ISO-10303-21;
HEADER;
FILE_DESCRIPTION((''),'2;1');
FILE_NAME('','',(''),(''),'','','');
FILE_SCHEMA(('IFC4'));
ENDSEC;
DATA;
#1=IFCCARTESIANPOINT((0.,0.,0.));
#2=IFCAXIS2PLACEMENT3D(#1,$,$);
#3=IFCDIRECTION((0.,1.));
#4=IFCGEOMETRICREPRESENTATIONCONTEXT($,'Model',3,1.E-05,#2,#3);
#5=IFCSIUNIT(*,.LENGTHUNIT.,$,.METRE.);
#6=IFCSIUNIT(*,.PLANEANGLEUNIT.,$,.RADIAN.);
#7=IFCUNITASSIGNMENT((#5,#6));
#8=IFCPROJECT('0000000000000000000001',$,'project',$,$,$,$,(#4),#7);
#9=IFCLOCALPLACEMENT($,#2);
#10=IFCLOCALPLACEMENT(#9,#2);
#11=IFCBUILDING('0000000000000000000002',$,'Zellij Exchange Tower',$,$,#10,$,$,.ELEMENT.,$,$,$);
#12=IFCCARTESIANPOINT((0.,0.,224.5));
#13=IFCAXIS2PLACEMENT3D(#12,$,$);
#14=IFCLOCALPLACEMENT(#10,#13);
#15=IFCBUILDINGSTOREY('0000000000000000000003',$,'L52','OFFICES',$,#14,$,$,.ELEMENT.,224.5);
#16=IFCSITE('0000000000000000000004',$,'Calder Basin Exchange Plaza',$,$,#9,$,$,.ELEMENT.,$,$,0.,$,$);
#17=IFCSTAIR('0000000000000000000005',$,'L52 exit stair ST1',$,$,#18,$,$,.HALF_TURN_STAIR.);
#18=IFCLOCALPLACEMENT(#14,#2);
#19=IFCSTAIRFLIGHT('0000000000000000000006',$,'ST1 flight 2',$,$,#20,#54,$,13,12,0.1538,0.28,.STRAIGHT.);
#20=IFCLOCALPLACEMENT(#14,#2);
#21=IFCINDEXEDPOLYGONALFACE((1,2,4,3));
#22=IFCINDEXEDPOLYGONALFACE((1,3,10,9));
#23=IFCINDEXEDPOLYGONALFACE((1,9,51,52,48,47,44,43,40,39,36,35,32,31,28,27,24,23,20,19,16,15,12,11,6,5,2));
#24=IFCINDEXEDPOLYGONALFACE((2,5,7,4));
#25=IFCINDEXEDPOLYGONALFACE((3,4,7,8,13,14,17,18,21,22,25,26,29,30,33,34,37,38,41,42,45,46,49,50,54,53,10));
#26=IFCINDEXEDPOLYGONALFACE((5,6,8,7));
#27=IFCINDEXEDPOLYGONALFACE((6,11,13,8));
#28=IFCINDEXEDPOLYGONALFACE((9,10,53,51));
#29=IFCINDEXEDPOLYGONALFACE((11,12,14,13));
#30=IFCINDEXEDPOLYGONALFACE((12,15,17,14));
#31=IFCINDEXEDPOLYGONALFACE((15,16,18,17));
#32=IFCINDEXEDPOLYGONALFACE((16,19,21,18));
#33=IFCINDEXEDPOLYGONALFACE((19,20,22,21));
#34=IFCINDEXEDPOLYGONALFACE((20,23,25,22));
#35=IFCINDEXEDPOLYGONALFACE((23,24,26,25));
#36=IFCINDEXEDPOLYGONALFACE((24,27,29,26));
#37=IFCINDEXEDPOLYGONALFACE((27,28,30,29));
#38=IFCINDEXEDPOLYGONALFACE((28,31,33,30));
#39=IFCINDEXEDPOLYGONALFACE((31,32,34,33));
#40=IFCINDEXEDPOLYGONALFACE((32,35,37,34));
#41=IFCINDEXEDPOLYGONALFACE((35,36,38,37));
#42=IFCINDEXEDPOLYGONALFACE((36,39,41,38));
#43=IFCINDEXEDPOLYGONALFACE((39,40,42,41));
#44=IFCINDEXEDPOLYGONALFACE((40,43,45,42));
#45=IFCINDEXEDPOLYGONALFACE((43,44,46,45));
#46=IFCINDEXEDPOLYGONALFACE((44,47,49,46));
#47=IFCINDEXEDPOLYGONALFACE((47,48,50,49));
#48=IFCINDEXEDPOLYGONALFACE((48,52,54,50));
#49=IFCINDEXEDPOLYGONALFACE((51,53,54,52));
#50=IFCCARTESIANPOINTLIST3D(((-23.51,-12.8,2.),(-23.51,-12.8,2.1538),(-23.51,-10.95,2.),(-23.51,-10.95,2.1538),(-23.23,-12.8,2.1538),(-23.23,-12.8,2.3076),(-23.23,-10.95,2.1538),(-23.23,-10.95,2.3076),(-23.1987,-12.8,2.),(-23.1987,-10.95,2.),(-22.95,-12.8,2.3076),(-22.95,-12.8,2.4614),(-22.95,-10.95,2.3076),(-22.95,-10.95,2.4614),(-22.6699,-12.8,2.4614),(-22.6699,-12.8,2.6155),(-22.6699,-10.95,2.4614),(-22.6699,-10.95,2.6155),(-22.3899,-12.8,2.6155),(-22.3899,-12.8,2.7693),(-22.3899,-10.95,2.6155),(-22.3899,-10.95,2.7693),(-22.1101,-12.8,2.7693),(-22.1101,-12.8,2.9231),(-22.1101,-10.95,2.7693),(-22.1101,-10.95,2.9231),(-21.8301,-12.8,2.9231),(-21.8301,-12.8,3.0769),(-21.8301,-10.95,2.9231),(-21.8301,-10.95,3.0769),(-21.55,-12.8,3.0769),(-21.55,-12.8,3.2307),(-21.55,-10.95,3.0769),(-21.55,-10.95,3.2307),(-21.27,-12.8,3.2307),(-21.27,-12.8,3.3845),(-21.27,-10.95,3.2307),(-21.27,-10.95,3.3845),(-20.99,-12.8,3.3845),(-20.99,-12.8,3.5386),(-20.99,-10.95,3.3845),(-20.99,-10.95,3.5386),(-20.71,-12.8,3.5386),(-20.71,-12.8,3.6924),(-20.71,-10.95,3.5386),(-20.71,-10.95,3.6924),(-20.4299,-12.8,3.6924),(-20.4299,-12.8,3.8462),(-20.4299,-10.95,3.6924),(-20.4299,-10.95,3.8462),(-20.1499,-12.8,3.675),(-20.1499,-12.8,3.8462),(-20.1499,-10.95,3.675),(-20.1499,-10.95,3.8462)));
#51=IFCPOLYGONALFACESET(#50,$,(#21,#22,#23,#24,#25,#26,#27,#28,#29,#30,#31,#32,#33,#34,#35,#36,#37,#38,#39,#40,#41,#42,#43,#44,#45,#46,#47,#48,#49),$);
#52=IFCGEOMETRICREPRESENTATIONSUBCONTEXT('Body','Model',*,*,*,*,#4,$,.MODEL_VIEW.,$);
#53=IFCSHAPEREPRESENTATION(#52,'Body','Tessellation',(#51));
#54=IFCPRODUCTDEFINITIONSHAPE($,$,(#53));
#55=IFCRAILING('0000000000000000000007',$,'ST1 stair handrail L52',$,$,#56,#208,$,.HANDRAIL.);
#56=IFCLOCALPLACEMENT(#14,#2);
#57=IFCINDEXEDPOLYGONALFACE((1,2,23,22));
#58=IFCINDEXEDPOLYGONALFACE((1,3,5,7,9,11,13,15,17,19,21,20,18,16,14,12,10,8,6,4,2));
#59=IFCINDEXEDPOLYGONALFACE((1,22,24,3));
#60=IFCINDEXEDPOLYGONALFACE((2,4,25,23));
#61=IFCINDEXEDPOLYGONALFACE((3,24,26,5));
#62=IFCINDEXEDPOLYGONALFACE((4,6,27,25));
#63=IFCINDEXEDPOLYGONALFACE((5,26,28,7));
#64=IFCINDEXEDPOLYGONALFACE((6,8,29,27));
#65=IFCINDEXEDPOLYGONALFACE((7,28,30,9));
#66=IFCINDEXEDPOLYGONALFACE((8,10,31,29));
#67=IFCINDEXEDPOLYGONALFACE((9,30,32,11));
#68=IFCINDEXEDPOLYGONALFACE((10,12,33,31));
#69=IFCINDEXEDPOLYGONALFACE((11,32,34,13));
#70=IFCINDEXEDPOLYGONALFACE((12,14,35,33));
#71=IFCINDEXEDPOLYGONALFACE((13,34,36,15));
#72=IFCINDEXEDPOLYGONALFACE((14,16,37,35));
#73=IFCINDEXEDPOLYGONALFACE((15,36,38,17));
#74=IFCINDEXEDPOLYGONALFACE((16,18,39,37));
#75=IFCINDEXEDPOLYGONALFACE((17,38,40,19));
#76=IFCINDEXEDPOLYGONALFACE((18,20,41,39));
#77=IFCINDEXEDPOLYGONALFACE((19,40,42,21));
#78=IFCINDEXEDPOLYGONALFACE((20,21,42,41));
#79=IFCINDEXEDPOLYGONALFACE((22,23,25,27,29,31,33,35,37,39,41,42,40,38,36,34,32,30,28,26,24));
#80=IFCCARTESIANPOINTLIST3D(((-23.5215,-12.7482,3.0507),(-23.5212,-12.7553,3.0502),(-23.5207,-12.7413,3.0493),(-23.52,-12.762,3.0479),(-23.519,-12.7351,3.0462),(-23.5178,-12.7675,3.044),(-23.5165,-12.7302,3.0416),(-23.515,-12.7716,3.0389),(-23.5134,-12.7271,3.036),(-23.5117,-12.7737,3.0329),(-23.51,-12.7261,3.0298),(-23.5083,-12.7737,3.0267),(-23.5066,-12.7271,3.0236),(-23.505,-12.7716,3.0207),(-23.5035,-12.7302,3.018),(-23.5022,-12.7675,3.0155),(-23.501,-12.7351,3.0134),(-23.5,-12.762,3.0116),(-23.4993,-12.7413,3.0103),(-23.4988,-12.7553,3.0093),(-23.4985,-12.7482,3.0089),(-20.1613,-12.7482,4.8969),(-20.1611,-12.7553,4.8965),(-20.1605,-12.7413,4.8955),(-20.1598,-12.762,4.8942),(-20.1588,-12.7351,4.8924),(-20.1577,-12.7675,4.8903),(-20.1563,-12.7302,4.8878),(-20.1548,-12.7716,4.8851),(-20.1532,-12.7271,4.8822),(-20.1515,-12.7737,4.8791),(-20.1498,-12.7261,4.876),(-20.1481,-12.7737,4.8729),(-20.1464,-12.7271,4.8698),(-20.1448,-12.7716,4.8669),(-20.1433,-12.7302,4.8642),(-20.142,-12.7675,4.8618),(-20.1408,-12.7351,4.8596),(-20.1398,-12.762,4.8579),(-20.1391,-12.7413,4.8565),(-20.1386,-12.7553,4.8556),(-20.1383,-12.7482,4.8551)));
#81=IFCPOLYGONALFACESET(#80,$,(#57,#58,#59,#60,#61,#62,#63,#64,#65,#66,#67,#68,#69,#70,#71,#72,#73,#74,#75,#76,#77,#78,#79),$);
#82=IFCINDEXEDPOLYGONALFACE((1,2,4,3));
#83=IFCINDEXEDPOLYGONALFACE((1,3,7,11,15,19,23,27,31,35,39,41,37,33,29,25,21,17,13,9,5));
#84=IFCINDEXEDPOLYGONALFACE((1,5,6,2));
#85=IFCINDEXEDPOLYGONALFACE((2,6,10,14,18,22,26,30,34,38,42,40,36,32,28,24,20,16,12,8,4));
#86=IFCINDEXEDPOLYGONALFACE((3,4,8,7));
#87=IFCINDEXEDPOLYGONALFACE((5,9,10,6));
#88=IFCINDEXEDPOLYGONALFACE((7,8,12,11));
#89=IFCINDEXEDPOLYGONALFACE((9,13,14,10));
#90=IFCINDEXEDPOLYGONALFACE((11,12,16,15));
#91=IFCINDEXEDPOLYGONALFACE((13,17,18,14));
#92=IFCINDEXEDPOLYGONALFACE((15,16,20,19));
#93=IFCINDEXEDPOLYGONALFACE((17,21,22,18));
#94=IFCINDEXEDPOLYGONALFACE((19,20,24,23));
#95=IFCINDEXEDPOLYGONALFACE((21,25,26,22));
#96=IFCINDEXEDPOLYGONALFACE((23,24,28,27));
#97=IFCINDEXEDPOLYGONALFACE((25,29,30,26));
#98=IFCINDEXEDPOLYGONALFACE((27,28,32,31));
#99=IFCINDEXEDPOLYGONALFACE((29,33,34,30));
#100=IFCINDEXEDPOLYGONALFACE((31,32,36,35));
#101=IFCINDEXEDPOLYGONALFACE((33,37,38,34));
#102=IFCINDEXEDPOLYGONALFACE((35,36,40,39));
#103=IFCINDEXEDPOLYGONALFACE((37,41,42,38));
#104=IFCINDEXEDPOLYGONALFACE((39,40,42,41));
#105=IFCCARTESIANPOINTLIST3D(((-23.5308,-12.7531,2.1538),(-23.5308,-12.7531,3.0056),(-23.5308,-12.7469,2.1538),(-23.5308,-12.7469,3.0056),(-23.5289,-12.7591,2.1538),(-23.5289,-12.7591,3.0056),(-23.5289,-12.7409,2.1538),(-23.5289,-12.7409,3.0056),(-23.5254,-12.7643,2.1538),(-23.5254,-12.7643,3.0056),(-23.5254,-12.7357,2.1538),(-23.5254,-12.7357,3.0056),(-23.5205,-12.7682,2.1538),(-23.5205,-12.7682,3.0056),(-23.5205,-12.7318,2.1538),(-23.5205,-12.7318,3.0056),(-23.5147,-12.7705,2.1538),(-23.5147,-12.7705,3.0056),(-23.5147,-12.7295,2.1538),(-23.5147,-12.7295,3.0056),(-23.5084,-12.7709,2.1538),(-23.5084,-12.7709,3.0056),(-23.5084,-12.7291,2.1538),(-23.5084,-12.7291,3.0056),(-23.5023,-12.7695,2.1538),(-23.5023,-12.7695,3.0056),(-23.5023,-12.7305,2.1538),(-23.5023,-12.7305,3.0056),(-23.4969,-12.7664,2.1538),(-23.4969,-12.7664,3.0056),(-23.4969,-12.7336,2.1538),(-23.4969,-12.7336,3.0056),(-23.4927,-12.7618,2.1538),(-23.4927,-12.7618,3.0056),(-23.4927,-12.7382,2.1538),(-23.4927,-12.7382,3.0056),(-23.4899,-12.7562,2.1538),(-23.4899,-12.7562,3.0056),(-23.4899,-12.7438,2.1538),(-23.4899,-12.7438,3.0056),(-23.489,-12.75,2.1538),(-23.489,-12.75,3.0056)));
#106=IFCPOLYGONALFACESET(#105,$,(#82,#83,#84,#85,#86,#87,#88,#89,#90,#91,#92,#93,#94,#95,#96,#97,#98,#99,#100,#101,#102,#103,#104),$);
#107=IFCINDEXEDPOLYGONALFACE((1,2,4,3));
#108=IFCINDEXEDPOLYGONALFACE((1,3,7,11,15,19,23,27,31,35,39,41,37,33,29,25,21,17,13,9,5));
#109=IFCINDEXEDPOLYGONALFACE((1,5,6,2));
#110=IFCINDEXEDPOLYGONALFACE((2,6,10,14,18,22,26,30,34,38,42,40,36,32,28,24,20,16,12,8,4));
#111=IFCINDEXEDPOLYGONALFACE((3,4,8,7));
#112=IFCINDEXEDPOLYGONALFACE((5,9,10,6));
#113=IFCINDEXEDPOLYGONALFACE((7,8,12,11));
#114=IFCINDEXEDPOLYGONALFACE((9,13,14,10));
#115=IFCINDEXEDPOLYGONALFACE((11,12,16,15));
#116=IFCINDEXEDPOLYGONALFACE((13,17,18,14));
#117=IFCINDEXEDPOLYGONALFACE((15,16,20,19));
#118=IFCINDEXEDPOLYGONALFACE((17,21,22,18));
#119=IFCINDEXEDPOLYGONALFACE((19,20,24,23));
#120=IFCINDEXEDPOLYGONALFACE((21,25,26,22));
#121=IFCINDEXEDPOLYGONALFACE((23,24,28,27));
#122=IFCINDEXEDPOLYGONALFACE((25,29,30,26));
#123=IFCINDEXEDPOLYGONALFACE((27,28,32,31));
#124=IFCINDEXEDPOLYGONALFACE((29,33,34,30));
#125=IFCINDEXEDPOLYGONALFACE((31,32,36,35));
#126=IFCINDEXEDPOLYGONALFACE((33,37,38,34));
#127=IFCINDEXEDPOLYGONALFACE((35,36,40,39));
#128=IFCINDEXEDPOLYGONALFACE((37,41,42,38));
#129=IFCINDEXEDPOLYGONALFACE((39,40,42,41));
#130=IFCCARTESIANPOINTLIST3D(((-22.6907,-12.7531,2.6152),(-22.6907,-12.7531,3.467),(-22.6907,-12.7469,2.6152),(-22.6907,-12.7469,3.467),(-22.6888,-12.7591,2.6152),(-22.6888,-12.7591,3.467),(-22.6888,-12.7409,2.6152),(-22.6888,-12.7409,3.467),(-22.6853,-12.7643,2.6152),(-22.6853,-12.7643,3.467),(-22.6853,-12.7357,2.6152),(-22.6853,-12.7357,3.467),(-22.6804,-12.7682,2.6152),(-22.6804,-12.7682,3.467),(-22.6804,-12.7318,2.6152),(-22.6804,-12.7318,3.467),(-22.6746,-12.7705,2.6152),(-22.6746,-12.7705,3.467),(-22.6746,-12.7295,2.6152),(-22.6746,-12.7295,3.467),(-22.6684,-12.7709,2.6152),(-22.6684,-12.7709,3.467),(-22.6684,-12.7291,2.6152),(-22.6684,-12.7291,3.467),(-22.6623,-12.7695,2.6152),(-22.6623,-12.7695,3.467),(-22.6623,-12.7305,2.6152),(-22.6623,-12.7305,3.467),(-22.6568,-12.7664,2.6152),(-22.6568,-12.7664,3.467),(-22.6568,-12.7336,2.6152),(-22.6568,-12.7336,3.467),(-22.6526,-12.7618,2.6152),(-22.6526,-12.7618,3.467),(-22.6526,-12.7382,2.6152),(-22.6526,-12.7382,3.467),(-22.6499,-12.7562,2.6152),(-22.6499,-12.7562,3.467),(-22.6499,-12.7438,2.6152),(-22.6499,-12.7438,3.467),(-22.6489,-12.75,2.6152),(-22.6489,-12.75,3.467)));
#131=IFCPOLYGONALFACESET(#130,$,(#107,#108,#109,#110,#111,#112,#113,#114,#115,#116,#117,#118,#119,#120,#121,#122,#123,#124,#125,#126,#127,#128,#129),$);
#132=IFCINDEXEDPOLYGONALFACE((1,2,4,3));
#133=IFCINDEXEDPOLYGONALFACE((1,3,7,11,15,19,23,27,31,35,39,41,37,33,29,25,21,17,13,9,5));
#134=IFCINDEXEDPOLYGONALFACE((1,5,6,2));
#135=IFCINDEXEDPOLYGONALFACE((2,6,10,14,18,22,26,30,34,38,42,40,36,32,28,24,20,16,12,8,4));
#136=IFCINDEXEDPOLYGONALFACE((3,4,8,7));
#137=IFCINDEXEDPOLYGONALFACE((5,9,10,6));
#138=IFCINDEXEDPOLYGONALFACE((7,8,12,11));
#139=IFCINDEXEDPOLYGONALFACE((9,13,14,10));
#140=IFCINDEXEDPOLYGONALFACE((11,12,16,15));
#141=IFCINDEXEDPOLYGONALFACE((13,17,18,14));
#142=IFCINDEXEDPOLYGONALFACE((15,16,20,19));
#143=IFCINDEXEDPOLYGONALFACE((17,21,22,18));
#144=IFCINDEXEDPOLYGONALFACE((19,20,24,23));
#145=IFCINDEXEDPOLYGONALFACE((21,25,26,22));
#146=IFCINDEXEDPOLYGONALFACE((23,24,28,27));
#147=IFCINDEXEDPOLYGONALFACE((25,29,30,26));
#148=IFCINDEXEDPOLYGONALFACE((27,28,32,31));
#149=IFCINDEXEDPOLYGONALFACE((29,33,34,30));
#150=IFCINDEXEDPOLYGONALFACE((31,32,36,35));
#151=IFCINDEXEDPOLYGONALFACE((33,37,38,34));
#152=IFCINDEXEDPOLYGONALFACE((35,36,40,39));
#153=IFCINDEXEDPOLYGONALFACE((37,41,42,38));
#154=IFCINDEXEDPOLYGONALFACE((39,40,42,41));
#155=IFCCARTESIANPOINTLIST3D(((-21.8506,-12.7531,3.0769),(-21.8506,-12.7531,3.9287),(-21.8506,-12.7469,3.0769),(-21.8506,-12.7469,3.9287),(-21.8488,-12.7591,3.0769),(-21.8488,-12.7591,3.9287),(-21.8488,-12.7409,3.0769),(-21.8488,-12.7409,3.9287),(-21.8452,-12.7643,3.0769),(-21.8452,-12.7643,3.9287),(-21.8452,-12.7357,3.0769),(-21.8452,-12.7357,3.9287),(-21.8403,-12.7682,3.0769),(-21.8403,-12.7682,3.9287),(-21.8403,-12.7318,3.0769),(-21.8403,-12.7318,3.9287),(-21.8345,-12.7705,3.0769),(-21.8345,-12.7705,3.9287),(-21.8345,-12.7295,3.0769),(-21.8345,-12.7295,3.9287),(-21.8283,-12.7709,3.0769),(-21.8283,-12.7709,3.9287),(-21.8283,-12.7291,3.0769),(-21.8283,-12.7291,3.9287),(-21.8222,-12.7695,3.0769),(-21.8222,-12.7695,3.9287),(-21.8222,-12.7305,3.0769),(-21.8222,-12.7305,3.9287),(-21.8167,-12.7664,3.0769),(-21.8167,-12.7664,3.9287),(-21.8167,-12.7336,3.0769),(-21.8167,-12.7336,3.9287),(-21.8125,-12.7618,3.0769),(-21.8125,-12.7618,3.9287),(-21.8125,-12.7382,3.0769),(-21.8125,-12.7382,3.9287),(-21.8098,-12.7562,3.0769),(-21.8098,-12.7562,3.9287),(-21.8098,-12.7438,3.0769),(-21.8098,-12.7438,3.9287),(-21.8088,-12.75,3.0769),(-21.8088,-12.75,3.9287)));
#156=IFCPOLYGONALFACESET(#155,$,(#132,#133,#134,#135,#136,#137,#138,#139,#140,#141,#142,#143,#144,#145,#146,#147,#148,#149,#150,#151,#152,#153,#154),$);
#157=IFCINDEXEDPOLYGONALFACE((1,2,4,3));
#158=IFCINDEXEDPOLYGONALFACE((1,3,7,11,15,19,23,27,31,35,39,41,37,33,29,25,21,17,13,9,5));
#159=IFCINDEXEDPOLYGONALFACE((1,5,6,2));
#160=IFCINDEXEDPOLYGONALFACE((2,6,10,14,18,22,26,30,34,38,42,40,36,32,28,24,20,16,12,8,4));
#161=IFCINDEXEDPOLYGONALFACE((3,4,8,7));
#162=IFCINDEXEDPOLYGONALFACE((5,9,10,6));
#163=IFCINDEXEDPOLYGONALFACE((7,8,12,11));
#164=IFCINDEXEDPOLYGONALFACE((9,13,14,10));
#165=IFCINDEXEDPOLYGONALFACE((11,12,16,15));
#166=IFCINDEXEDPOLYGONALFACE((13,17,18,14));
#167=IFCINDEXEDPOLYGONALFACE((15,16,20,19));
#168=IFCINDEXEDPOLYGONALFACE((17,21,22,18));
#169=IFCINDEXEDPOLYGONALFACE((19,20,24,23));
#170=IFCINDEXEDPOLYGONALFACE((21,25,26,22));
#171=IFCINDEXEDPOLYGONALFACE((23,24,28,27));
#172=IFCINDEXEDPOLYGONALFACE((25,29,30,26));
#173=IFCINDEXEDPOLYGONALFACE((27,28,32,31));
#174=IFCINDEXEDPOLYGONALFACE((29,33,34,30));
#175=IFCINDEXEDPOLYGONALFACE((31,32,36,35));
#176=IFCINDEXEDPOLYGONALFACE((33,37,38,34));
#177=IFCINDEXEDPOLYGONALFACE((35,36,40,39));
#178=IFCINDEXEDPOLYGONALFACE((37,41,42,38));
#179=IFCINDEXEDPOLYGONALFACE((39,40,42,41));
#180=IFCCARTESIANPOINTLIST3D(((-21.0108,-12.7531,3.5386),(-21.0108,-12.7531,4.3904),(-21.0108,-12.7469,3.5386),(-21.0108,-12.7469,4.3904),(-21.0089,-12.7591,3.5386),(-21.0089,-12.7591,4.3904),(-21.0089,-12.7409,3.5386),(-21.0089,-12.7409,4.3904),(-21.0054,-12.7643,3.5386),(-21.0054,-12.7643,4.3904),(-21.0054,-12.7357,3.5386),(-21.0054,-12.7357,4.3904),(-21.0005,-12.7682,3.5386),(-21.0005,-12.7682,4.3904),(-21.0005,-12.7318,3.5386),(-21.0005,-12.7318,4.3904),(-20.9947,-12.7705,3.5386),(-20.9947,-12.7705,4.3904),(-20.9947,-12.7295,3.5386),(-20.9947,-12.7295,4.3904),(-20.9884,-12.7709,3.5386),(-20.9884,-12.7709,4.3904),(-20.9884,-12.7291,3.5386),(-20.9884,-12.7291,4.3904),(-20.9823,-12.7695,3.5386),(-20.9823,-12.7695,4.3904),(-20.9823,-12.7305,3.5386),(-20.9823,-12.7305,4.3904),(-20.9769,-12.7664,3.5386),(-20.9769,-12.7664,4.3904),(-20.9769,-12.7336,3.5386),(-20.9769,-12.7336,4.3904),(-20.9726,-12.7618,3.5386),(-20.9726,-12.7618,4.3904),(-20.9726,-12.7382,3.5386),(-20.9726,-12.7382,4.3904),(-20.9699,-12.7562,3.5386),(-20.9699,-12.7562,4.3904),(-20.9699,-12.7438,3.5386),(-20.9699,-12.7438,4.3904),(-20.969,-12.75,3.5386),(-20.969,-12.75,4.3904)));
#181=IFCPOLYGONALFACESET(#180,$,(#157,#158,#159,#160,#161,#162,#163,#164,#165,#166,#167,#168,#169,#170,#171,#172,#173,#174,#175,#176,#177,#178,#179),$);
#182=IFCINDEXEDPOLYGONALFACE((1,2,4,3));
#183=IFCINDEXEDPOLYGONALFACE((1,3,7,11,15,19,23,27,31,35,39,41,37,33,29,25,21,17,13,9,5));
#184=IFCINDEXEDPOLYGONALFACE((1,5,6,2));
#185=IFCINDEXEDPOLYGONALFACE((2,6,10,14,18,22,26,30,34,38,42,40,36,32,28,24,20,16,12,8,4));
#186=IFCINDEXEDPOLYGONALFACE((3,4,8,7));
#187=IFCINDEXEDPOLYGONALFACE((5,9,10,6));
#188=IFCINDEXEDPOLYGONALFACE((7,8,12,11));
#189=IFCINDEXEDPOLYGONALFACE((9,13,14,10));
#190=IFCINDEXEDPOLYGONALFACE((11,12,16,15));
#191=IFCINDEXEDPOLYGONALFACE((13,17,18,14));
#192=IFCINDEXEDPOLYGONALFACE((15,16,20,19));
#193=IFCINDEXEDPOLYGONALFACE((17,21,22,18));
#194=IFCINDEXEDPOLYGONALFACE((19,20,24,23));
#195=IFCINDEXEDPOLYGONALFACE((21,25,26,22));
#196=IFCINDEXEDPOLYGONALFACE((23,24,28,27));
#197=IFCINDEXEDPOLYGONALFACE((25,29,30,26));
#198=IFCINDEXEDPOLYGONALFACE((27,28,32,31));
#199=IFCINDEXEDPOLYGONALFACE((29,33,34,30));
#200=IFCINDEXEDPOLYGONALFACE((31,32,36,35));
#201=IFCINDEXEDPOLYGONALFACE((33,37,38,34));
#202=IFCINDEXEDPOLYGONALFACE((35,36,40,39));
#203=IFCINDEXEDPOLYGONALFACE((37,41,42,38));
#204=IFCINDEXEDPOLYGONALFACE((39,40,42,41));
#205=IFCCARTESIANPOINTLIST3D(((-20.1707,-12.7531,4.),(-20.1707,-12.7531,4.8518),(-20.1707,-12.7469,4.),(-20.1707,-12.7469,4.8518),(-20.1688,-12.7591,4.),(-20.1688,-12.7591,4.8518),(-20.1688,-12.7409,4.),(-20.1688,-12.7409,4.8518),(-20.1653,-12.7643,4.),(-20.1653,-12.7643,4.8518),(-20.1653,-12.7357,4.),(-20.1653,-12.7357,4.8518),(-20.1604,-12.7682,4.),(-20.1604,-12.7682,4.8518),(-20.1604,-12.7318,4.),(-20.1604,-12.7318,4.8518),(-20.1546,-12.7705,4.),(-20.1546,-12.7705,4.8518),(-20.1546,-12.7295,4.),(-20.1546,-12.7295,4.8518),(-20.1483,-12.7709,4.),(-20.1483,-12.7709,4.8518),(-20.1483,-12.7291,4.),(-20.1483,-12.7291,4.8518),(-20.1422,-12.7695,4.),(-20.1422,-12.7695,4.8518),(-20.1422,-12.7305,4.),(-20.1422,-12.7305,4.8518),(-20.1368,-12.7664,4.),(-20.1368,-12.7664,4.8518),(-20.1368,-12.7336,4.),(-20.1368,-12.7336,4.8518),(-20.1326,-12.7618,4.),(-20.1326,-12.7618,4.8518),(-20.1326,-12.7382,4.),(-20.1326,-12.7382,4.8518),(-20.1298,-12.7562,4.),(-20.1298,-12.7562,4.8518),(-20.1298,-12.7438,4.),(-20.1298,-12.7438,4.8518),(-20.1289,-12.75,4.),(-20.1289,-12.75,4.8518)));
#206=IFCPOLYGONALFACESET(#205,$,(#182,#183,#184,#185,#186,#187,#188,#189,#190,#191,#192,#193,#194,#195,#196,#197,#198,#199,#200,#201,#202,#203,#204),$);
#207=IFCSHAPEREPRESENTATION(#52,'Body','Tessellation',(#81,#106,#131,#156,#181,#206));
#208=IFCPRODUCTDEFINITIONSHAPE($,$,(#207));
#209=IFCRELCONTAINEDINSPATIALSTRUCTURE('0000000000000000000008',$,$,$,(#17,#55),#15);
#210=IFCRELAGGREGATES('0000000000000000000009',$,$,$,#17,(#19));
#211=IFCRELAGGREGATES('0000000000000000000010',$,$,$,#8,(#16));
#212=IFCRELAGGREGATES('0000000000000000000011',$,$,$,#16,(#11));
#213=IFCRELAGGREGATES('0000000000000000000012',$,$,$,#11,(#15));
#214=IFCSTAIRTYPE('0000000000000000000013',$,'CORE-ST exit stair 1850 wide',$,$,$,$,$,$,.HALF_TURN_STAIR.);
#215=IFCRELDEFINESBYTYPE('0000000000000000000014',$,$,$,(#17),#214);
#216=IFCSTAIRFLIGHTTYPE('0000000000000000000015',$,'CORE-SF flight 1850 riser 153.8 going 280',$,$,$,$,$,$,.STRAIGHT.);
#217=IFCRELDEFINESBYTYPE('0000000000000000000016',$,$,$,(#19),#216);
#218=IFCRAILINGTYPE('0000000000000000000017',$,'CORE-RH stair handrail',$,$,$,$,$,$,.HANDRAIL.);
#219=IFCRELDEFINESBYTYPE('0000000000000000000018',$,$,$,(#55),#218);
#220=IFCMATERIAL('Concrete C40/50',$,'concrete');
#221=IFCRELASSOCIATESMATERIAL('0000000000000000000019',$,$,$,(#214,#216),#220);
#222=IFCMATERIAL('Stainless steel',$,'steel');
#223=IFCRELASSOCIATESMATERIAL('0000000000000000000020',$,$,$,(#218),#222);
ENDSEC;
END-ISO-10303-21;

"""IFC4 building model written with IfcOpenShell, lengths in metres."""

from ifc_helpers import new_model, si_unit, direction, frame, origin, origin_2d, place, context, subcontext, project, spatial, polyline, circle, outline, extrude, material, type_object, element, aggregate, save


model = new_model("IFC4")

# Units and contexts
model_context = context("Model", 3, precision=1e-05, world=origin(), true_north=direction((0.0, 1.0)))
body_context = subcontext(model_context, "Body", "Model", "MODEL_VIEW")
ifc_project = project(units=[si_unit("LENGTHUNIT", "METRE"), si_unit("PLANEANGLEUNIT", "RADIAN")], contexts=[model_context])

# Site, building, storey
site_placement = place(None, origin())
site = spatial("IfcSite", under=ifc_project, at=site_placement, Name="Calder Basin Exchange Plaza", CompositionType="ELEMENT", RefElevation=0.0)
building_placement = place(site_placement, origin())
building = spatial("IfcBuilding", under=site, at=building_placement, Name="Zellij Exchange Tower", CompositionType="ELEMENT")
storey_placement = place(building_placement, frame((0.0, 0.0, 224.5)))
storey = spatial("IfcBuildingStorey", under=building, at=storey_placement, Name="L52", Description="OFFICES", CompositionType="ELEMENT", Elevation=224.5)

# Stair, stair flight
ifc_material_1 = material(Name="Concrete C40/50", Category="concrete")
stair_type = type_object("IfcStairType", Name="CORE-ST exit stair 1850 wide", PredefinedType="HALF_TURN_STAIR", material=ifc_material_1)
stair_placement = place(storey_placement, origin())
stair = element("IfcStair", 1, at=stair_placement, inside=storey, type_object=stair_type, Name="L52 exit stair ST1", PredefinedType="HALF_TURN_STAIR")
stair_flight_type = type_object("IfcStairFlightType", Name="CORE-SF flight 1850 riser 153.8 going 280", PredefinedType="STRAIGHT", material=ifc_material_1)
stair_flight_placement = place(storey_placement, frame((-23.51, -11.875, 2.0), z_axis=(0.0, 0.0, 1.0), x_axis=(1.0, 0.0, 0.0)))
stair_flight = element("IfcStairFlight", 2, at=stair_flight_placement, type_object=stair_flight_type, Name="ST1 flight 2", NumberOfRisers=13, NumberOfTreads=12, PredefinedType="STRAIGHT", RiserHeight=0.1538, TreadLength=0.28, context=body_context, shape_type="SweptSolid", body=[
    extrude(outline(polyline([(0.0, 0.0), (0.0, 0.1538), (0.28, 0.1538), (0.28, 0.3076), (0.5601, 0.3076), (0.5601, 0.4614), (0.8401, 0.4614), (0.8401, 0.6155), (1.1201, 0.6155), (1.1201, 0.7693), (1.3999, 0.7693), (1.3999, 0.9231), (1.6799, 0.9231), (1.6799, 1.0769), (1.96, 1.0769), (1.96, 1.2307), (2.24, 1.2307), (2.24, 1.3845), (2.52, 1.3845), (2.52, 1.5386), (2.8, 1.5386), (2.8, 1.6924), (3.0801, 1.6924), (3.0801, 1.8462), (3.3601, 1.8462), (3.3601, 2.0), (3.3601, 1.675), (0.3113, 0.0), (0.0, 0.0)])), frame((0.0, 0.925, 0.0), z_axis=(0.0, -1.0, 0.0), x_axis=(1.0, 0.0, 0.0)), (0.0, 0.0, 1.0), 1.8501),
])
aggregate(stair, [stair_flight])

# Railing
ifc_material_2 = material(Name="Stainless steel", Category="steel")
railing_type = type_object("IfcRailingType", Name="CORE-RH stair handrail", PredefinedType="HANDRAIL", material=ifc_material_2)
railing_placement = place(storey_placement, frame((-23.51, -12.75, 2.1538)))
element("IfcRailing", 3, at=railing_placement, inside=storey, type_object=railing_type, Name="ST1 stair handrail L52", PredefinedType="HANDRAIL", context=body_context, shape_type="SweptSolid", body=[
    extrude(circle(Radius=0.0239, at=origin_2d()), frame((0.0, 0.0, 0.876), z_axis=(0.876422, 0.0, 0.481545), x_axis=(0.0, 1.0, 0.0)), (0.0, 0.0, 1.0), 3.834),
    extrude(circle(Radius=0.021, at=origin_2d()), origin(), (0.0, 0.0, 1.0), 0.8518),
    extrude(circle(Radius=0.021, at=origin_2d()), frame((0.8401, 0.0, 0.4614)), (0.0, 0.0, 1.0), 0.8518),
    extrude(circle(Radius=0.021, at=origin_2d()), frame((1.6802, 0.0, 0.9231)), (0.0, 0.0, 1.0), 0.8518),
    extrude(circle(Radius=0.021, at=origin_2d()), frame((2.52, 0.0, 1.3848)), (0.0, 0.0, 1.0), 0.8518),
    extrude(circle(Radius=0.021, at=origin_2d()), frame((3.3601, 0.0, 1.8462)), (0.0, 0.0, 1.0), 0.8518),
])

save(model, "model.ifc")
